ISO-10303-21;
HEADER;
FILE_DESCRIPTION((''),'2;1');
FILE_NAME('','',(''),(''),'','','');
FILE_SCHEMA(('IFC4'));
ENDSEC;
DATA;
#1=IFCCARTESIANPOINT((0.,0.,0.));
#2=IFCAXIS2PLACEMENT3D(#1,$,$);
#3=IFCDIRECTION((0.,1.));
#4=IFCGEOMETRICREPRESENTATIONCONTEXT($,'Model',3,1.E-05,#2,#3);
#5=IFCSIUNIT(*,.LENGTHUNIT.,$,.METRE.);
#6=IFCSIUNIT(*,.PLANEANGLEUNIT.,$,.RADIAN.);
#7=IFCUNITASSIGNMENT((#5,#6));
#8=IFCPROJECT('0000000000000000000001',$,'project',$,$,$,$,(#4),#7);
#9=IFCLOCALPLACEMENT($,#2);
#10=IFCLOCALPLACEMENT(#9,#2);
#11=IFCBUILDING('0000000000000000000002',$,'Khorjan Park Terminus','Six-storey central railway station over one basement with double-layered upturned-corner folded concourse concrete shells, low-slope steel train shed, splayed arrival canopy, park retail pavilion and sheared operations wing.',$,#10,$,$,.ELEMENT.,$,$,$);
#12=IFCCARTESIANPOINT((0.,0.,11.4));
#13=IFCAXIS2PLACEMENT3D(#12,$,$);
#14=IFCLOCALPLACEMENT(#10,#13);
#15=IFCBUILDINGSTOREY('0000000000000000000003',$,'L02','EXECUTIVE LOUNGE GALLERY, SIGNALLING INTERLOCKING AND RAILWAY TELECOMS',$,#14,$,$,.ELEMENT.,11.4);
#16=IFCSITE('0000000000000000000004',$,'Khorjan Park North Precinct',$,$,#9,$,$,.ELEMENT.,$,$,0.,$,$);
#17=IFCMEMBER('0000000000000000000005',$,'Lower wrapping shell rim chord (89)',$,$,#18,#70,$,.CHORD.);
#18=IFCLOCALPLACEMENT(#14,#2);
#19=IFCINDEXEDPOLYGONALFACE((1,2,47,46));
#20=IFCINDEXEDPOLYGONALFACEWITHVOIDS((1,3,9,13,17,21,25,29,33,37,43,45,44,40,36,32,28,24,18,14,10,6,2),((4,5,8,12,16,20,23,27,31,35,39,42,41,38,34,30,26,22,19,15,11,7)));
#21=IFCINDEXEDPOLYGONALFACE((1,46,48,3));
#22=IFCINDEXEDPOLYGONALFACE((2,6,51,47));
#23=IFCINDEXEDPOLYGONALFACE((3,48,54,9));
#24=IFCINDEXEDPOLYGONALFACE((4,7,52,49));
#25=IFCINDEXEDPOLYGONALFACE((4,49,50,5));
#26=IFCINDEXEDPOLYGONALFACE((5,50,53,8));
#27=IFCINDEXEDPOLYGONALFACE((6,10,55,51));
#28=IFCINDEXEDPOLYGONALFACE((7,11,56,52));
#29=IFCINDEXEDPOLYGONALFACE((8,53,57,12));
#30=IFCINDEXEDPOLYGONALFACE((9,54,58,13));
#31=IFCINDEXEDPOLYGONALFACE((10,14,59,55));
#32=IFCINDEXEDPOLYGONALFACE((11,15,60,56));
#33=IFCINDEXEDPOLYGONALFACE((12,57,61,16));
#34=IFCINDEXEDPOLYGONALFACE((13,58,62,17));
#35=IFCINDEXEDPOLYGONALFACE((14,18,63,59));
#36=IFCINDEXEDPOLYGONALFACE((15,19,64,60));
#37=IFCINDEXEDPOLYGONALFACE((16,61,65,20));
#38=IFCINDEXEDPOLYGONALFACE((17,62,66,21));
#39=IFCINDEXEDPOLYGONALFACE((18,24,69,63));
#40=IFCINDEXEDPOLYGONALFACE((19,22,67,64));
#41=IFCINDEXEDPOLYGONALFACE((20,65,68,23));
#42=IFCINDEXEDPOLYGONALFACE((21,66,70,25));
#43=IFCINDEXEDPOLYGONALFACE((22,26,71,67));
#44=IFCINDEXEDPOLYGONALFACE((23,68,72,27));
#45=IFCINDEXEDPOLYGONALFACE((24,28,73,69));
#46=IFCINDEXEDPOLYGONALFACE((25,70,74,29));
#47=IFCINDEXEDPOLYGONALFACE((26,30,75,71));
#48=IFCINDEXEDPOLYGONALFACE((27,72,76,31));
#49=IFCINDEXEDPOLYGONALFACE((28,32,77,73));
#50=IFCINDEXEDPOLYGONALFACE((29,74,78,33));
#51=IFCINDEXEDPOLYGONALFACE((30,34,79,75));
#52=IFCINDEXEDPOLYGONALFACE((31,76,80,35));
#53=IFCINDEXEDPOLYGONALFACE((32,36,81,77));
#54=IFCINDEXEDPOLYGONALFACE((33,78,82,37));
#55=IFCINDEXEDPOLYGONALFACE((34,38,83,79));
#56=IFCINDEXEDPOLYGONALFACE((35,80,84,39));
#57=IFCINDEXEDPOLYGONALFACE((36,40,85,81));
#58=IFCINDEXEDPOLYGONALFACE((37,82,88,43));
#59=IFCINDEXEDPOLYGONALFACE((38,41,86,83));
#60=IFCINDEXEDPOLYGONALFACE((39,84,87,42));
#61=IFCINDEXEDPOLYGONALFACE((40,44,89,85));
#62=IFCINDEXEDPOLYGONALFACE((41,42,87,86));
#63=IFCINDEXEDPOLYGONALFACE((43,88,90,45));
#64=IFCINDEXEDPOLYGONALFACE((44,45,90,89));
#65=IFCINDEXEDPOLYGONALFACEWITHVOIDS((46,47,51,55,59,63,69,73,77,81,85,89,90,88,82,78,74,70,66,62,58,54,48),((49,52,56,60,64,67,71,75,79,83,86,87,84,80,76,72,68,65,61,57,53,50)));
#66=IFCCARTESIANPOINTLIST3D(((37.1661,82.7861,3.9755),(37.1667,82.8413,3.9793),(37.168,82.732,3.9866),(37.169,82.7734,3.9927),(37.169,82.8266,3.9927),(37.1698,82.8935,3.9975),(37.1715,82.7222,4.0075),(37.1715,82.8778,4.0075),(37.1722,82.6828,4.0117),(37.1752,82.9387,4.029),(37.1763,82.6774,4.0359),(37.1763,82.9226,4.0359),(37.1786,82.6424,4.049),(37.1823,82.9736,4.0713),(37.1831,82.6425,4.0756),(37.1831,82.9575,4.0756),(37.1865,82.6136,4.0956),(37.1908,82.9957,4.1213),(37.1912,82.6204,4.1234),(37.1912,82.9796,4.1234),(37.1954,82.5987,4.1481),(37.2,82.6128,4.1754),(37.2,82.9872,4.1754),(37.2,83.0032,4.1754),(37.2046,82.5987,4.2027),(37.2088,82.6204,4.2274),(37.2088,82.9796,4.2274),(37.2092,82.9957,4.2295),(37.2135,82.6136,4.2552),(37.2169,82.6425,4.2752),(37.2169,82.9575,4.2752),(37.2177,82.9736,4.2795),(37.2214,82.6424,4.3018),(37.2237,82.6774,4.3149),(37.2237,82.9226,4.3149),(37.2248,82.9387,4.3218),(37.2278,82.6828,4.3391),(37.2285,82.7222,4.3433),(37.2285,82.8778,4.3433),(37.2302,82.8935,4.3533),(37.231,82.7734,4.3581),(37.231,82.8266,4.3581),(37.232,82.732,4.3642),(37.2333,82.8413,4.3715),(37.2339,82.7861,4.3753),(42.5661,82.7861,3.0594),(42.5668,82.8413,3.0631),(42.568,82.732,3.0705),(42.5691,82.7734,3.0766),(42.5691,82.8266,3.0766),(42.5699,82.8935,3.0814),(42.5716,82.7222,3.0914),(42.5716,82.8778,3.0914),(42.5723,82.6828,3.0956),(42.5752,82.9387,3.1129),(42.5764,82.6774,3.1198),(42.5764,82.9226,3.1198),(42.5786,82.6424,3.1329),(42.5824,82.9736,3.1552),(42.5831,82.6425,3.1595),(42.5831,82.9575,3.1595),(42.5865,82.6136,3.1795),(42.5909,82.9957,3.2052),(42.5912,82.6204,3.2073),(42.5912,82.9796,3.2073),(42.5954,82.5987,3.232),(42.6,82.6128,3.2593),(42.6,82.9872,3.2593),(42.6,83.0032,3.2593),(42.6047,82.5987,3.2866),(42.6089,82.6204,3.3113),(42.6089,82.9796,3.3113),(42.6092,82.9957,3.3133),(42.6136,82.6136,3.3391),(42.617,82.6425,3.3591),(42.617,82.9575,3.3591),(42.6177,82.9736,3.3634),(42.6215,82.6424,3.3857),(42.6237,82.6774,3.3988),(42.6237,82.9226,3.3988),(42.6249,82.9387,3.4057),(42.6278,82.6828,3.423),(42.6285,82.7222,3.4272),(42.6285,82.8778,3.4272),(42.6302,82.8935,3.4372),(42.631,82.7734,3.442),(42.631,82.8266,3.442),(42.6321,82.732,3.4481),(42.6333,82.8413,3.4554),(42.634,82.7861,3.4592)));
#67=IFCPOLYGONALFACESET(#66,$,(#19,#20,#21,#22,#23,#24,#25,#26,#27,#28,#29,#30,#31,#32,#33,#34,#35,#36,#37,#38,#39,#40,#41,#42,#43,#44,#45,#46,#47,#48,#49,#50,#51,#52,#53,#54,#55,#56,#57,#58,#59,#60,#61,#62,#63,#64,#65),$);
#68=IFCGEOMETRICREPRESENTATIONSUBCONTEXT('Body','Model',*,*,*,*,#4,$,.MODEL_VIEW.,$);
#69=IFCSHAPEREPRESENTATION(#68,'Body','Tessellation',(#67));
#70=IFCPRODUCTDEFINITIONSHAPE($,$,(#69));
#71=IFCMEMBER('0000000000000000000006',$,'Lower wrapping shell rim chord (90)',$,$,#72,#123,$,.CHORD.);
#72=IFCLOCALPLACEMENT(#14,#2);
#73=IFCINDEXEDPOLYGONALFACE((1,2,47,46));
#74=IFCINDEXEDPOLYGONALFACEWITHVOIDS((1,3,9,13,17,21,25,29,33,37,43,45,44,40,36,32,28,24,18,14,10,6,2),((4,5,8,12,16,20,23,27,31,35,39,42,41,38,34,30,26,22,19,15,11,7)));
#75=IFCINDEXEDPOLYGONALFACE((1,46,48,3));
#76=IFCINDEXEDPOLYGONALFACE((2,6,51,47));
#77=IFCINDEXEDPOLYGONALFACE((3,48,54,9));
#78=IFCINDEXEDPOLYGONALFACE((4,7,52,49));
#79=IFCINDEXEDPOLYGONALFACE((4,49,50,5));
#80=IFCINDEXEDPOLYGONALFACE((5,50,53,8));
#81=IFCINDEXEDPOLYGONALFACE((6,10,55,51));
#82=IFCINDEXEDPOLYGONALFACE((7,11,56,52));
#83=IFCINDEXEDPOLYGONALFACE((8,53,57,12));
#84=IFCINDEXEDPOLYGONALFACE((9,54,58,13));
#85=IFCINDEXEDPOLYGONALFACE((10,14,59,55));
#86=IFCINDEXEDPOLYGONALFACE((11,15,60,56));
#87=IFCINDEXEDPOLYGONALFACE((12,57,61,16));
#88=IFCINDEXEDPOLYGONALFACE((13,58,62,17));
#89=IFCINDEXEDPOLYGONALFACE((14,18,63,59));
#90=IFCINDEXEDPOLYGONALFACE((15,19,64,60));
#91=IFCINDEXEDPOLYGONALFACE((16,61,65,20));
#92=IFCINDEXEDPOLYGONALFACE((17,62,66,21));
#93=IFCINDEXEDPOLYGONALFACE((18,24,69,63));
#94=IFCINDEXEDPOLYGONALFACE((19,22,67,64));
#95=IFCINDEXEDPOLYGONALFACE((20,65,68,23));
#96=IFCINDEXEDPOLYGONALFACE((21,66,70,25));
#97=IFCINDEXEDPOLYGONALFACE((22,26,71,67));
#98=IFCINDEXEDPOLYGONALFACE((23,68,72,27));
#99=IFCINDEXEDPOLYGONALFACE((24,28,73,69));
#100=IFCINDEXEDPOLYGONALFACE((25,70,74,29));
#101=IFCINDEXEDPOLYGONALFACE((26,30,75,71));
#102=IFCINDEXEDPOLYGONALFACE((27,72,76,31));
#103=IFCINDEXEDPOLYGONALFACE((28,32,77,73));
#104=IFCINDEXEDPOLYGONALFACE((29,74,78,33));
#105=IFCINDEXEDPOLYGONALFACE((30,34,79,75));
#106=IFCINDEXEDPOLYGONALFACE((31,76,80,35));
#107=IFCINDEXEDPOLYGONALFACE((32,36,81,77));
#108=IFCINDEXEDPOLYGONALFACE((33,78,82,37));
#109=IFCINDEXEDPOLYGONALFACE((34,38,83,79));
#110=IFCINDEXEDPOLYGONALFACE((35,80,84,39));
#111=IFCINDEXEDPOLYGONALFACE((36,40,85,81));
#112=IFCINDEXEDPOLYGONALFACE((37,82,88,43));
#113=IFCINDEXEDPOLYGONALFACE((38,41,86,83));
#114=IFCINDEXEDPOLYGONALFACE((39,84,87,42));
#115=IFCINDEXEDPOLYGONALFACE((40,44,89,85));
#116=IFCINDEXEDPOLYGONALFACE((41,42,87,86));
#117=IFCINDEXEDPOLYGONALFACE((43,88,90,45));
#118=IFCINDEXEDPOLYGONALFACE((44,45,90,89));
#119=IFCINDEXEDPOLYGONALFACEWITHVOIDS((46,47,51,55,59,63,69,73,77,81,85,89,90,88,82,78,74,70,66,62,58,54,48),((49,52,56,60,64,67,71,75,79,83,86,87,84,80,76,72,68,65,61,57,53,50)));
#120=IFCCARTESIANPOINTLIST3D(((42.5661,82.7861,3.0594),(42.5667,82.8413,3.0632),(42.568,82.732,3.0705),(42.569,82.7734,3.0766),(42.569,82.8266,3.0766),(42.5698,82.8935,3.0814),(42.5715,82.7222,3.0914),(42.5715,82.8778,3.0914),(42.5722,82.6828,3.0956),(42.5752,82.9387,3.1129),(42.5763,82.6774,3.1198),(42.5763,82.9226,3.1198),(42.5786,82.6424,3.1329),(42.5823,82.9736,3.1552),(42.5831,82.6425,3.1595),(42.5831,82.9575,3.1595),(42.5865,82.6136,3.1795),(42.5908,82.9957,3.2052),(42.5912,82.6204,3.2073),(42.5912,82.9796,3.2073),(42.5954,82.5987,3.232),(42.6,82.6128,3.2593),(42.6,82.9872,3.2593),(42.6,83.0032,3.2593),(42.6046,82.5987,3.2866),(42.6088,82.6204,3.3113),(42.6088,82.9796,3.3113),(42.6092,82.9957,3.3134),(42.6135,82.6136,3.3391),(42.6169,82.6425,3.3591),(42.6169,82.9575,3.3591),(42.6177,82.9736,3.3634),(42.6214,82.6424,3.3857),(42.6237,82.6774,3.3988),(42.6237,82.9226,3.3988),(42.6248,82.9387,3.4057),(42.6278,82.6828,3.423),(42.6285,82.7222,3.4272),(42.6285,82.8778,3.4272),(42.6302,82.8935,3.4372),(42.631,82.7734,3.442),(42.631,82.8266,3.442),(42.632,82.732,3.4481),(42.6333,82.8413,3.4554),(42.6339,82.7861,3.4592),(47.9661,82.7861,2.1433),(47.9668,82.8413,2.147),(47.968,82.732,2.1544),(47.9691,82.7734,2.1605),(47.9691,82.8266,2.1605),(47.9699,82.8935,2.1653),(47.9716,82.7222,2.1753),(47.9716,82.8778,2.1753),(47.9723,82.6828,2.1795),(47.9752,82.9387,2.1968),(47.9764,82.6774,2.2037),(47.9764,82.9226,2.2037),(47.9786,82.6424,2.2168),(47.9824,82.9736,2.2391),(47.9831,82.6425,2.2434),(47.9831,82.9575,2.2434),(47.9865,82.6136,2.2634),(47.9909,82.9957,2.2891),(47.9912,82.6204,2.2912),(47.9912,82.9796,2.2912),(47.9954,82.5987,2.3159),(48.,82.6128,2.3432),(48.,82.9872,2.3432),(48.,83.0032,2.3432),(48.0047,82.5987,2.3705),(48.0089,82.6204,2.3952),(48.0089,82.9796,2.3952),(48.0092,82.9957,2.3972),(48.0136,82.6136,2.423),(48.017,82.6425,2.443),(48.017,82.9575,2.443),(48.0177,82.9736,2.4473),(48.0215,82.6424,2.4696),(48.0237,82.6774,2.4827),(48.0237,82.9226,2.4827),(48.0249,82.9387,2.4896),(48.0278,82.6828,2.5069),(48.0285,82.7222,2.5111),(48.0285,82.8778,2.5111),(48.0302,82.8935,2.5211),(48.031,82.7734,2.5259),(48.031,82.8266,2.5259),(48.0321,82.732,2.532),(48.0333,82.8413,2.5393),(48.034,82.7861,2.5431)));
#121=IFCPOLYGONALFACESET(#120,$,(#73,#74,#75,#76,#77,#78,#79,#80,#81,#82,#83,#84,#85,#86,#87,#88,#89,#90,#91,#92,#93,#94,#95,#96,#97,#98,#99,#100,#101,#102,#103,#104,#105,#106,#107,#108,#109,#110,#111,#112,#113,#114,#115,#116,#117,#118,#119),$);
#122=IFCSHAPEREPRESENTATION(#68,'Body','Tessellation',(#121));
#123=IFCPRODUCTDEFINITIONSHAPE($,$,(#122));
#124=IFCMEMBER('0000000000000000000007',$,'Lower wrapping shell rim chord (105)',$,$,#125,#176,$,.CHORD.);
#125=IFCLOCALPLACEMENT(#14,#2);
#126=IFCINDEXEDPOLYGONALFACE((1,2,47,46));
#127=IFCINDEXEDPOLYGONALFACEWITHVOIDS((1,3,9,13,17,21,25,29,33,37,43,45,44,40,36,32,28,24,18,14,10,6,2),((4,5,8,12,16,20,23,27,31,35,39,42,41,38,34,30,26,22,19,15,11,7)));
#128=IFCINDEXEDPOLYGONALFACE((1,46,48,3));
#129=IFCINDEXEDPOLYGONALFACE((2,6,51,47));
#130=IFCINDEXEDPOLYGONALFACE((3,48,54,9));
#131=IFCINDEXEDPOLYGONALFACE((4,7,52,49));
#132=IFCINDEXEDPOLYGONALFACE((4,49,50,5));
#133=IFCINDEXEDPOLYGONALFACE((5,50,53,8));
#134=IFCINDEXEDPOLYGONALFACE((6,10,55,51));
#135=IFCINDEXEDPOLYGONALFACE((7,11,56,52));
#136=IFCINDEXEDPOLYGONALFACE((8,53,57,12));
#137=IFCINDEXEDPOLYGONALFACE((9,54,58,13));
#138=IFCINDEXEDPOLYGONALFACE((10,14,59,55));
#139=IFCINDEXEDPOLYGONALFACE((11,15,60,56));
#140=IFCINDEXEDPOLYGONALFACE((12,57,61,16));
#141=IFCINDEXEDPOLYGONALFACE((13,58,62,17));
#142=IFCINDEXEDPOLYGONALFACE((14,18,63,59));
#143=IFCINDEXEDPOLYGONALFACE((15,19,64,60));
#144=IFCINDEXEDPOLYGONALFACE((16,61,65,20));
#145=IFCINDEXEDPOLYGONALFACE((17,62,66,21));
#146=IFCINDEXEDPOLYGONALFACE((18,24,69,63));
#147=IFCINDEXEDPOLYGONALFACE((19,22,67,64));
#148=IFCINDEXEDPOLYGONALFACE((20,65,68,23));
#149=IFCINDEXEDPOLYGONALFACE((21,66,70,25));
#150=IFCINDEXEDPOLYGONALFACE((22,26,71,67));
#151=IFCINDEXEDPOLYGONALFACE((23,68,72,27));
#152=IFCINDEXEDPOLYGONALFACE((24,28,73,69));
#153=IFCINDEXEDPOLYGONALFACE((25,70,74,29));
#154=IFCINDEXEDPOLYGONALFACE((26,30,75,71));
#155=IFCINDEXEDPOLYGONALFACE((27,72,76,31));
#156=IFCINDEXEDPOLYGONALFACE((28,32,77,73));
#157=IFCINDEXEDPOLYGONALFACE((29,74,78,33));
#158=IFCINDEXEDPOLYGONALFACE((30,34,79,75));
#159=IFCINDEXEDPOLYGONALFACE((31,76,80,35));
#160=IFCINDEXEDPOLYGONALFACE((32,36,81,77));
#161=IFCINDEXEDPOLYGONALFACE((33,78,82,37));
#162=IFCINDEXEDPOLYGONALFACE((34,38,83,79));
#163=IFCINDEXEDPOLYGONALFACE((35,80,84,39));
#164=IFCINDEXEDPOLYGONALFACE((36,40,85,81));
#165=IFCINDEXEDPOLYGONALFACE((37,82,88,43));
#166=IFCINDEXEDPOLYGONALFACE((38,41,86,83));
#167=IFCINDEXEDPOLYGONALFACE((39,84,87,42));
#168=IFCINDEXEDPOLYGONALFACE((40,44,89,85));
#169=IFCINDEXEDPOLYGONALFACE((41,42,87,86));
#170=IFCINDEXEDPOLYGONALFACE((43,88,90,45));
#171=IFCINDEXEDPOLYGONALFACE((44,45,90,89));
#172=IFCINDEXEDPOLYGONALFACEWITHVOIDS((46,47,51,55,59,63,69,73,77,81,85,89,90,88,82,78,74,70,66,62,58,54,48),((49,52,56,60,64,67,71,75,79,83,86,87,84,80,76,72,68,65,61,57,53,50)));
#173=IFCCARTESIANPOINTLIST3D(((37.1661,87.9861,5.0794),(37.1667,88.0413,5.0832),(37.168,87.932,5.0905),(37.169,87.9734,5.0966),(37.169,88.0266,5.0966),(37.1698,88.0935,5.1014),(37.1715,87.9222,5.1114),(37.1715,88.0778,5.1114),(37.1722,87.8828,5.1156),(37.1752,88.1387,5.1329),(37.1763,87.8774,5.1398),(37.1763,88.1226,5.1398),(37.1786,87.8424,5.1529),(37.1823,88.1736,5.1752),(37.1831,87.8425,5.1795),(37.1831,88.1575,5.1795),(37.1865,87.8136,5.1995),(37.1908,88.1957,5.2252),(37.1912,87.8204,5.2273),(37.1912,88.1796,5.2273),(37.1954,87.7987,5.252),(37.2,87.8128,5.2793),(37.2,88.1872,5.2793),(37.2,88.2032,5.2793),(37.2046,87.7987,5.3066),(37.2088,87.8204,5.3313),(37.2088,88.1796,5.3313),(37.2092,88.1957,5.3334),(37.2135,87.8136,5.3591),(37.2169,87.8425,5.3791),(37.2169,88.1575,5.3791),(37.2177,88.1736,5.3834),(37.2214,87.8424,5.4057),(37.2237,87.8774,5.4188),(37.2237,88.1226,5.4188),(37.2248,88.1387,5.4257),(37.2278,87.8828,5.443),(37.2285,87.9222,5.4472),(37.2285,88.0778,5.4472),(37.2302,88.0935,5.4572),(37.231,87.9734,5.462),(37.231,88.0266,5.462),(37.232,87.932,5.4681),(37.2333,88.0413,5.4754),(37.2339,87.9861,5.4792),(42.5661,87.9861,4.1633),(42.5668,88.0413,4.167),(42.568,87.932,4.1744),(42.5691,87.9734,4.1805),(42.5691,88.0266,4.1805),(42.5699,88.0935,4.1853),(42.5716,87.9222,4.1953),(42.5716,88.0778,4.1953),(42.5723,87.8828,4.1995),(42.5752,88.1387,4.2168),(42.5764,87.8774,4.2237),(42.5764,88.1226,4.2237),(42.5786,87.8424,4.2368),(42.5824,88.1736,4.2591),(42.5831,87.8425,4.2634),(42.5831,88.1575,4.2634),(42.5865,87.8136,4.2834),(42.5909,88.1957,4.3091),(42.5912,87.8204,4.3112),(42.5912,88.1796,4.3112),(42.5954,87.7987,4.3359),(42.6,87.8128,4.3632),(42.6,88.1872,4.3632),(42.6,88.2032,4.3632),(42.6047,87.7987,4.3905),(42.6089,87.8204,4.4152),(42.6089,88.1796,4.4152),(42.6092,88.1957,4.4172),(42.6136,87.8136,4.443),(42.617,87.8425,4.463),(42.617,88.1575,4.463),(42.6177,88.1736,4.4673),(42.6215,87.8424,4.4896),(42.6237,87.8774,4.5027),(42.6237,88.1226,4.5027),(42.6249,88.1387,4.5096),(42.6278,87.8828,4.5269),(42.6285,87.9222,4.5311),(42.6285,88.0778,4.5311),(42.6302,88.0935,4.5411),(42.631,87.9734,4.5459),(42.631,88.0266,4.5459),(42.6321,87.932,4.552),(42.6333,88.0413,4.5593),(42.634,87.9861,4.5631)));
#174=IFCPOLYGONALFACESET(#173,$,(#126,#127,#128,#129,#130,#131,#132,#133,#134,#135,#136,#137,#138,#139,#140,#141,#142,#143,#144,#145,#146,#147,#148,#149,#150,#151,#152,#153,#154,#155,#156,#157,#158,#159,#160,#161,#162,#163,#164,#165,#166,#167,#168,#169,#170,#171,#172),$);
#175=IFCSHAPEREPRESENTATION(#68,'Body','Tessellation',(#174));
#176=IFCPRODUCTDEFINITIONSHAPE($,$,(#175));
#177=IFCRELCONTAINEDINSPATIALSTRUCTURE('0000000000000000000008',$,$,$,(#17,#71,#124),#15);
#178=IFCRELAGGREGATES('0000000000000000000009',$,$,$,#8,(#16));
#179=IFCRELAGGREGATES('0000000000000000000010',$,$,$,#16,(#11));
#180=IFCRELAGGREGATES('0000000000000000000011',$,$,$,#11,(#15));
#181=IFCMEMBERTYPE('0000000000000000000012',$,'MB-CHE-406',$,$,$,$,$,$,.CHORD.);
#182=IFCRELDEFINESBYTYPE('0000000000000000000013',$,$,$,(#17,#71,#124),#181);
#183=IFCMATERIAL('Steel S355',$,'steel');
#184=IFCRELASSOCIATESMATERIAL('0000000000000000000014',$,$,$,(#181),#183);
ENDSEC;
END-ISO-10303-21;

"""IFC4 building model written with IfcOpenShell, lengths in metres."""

from ifc_helpers import new_model, si_unit, direction, frame, origin, origin_2d, place, context, subcontext, project, spatial, hollow_circle, extrude, material, material_profile, profile_set, type_object, element, save


model = new_model("IFC4")

# Units and contexts
model_context = context("Model", 3, precision=1e-05, world=origin(), true_north=direction((0.0, 1.0)))
body_context = subcontext(model_context, "Body", "Model", "MODEL_VIEW")
ifc_project = project(units=[si_unit("LENGTHUNIT", "METRE"), si_unit("PLANEANGLEUNIT", "RADIAN")], contexts=[model_context])

# Site, building, storey
site_placement = place(None, origin())
site = spatial("IfcSite", under=ifc_project, at=site_placement, Name="Khorjan Park North Precinct", CompositionType="ELEMENT", RefElevation=0.0)
building_placement = place(site_placement, origin())
building = spatial("IfcBuilding", under=site, at=building_placement, Name="Khorjan Park Terminus", Description="Six-storey central railway station over one basement with double-layered upturned-corner folded concourse concrete shells, low-slope steel train shed, splayed arrival canopy, park retail pavilion and sheared operations wing.", CompositionType="ELEMENT")
storey_placement = place(building_placement, frame((0.0, 0.0, 11.4)))
storey = spatial("IfcBuildingStorey", under=building, at=storey_placement, Name="L02", Description="EXECUTIVE LOUNGE GALLERY, SIGNALLING INTERLOCKING AND RAILWAY TELECOMS", CompositionType="ELEMENT", Elevation=11.4)

# Members
ifc_material_1 = material(Name="Steel S355", Category="steel")
ifc_material_profile_1 = material_profile(ifc_material_1, hollow_circle(Radius=0.2032, WallThickness=0.016, at=origin_2d()), Name="CHS 406.4x16")
ifc_profile_set_1 = profile_set([ifc_material_profile_1], Name="Steel S355")
member_type_1 = type_object("IfcMemberType", Name="MB-CHE-406", PredefinedType="CHORD", material=ifc_profile_set_1)
for number, where, z_axis, x_axis, name in (
    (1, (37.2, 82.8, 4.1754), (0.985913, 0.0, -0.167258), (0.0, 1.0, 0.0), "Lower wrapping shell rim chord (89)"),
    (2, (42.6, 82.8, 3.2593), (0.985913, 0.0, -0.167258), (0.0, 1.0, 0.0), "Lower wrapping shell rim chord (90)"),
    (3, (37.2, 88.0, 5.2793), (0.985913, 0.0, -0.167258), (0.0, 1.0, 0.0), "Lower wrapping shell rim chord (105)"),
):
    element("IfcMember", number, at=place(storey_placement, frame(where, z_axis=z_axis, x_axis=x_axis)), inside=storey, type_object=member_type_1, Name=name, PredefinedType="CHORD", context=body_context, shape_type="SweptSolid", body=[
        extrude(hollow_circle(Radius=0.2032, WallThickness=0.016, at=origin_2d()), origin(), (0.0, 0.0, 1.0), 5.4772),
    ])

save(model, "model.ifc")
